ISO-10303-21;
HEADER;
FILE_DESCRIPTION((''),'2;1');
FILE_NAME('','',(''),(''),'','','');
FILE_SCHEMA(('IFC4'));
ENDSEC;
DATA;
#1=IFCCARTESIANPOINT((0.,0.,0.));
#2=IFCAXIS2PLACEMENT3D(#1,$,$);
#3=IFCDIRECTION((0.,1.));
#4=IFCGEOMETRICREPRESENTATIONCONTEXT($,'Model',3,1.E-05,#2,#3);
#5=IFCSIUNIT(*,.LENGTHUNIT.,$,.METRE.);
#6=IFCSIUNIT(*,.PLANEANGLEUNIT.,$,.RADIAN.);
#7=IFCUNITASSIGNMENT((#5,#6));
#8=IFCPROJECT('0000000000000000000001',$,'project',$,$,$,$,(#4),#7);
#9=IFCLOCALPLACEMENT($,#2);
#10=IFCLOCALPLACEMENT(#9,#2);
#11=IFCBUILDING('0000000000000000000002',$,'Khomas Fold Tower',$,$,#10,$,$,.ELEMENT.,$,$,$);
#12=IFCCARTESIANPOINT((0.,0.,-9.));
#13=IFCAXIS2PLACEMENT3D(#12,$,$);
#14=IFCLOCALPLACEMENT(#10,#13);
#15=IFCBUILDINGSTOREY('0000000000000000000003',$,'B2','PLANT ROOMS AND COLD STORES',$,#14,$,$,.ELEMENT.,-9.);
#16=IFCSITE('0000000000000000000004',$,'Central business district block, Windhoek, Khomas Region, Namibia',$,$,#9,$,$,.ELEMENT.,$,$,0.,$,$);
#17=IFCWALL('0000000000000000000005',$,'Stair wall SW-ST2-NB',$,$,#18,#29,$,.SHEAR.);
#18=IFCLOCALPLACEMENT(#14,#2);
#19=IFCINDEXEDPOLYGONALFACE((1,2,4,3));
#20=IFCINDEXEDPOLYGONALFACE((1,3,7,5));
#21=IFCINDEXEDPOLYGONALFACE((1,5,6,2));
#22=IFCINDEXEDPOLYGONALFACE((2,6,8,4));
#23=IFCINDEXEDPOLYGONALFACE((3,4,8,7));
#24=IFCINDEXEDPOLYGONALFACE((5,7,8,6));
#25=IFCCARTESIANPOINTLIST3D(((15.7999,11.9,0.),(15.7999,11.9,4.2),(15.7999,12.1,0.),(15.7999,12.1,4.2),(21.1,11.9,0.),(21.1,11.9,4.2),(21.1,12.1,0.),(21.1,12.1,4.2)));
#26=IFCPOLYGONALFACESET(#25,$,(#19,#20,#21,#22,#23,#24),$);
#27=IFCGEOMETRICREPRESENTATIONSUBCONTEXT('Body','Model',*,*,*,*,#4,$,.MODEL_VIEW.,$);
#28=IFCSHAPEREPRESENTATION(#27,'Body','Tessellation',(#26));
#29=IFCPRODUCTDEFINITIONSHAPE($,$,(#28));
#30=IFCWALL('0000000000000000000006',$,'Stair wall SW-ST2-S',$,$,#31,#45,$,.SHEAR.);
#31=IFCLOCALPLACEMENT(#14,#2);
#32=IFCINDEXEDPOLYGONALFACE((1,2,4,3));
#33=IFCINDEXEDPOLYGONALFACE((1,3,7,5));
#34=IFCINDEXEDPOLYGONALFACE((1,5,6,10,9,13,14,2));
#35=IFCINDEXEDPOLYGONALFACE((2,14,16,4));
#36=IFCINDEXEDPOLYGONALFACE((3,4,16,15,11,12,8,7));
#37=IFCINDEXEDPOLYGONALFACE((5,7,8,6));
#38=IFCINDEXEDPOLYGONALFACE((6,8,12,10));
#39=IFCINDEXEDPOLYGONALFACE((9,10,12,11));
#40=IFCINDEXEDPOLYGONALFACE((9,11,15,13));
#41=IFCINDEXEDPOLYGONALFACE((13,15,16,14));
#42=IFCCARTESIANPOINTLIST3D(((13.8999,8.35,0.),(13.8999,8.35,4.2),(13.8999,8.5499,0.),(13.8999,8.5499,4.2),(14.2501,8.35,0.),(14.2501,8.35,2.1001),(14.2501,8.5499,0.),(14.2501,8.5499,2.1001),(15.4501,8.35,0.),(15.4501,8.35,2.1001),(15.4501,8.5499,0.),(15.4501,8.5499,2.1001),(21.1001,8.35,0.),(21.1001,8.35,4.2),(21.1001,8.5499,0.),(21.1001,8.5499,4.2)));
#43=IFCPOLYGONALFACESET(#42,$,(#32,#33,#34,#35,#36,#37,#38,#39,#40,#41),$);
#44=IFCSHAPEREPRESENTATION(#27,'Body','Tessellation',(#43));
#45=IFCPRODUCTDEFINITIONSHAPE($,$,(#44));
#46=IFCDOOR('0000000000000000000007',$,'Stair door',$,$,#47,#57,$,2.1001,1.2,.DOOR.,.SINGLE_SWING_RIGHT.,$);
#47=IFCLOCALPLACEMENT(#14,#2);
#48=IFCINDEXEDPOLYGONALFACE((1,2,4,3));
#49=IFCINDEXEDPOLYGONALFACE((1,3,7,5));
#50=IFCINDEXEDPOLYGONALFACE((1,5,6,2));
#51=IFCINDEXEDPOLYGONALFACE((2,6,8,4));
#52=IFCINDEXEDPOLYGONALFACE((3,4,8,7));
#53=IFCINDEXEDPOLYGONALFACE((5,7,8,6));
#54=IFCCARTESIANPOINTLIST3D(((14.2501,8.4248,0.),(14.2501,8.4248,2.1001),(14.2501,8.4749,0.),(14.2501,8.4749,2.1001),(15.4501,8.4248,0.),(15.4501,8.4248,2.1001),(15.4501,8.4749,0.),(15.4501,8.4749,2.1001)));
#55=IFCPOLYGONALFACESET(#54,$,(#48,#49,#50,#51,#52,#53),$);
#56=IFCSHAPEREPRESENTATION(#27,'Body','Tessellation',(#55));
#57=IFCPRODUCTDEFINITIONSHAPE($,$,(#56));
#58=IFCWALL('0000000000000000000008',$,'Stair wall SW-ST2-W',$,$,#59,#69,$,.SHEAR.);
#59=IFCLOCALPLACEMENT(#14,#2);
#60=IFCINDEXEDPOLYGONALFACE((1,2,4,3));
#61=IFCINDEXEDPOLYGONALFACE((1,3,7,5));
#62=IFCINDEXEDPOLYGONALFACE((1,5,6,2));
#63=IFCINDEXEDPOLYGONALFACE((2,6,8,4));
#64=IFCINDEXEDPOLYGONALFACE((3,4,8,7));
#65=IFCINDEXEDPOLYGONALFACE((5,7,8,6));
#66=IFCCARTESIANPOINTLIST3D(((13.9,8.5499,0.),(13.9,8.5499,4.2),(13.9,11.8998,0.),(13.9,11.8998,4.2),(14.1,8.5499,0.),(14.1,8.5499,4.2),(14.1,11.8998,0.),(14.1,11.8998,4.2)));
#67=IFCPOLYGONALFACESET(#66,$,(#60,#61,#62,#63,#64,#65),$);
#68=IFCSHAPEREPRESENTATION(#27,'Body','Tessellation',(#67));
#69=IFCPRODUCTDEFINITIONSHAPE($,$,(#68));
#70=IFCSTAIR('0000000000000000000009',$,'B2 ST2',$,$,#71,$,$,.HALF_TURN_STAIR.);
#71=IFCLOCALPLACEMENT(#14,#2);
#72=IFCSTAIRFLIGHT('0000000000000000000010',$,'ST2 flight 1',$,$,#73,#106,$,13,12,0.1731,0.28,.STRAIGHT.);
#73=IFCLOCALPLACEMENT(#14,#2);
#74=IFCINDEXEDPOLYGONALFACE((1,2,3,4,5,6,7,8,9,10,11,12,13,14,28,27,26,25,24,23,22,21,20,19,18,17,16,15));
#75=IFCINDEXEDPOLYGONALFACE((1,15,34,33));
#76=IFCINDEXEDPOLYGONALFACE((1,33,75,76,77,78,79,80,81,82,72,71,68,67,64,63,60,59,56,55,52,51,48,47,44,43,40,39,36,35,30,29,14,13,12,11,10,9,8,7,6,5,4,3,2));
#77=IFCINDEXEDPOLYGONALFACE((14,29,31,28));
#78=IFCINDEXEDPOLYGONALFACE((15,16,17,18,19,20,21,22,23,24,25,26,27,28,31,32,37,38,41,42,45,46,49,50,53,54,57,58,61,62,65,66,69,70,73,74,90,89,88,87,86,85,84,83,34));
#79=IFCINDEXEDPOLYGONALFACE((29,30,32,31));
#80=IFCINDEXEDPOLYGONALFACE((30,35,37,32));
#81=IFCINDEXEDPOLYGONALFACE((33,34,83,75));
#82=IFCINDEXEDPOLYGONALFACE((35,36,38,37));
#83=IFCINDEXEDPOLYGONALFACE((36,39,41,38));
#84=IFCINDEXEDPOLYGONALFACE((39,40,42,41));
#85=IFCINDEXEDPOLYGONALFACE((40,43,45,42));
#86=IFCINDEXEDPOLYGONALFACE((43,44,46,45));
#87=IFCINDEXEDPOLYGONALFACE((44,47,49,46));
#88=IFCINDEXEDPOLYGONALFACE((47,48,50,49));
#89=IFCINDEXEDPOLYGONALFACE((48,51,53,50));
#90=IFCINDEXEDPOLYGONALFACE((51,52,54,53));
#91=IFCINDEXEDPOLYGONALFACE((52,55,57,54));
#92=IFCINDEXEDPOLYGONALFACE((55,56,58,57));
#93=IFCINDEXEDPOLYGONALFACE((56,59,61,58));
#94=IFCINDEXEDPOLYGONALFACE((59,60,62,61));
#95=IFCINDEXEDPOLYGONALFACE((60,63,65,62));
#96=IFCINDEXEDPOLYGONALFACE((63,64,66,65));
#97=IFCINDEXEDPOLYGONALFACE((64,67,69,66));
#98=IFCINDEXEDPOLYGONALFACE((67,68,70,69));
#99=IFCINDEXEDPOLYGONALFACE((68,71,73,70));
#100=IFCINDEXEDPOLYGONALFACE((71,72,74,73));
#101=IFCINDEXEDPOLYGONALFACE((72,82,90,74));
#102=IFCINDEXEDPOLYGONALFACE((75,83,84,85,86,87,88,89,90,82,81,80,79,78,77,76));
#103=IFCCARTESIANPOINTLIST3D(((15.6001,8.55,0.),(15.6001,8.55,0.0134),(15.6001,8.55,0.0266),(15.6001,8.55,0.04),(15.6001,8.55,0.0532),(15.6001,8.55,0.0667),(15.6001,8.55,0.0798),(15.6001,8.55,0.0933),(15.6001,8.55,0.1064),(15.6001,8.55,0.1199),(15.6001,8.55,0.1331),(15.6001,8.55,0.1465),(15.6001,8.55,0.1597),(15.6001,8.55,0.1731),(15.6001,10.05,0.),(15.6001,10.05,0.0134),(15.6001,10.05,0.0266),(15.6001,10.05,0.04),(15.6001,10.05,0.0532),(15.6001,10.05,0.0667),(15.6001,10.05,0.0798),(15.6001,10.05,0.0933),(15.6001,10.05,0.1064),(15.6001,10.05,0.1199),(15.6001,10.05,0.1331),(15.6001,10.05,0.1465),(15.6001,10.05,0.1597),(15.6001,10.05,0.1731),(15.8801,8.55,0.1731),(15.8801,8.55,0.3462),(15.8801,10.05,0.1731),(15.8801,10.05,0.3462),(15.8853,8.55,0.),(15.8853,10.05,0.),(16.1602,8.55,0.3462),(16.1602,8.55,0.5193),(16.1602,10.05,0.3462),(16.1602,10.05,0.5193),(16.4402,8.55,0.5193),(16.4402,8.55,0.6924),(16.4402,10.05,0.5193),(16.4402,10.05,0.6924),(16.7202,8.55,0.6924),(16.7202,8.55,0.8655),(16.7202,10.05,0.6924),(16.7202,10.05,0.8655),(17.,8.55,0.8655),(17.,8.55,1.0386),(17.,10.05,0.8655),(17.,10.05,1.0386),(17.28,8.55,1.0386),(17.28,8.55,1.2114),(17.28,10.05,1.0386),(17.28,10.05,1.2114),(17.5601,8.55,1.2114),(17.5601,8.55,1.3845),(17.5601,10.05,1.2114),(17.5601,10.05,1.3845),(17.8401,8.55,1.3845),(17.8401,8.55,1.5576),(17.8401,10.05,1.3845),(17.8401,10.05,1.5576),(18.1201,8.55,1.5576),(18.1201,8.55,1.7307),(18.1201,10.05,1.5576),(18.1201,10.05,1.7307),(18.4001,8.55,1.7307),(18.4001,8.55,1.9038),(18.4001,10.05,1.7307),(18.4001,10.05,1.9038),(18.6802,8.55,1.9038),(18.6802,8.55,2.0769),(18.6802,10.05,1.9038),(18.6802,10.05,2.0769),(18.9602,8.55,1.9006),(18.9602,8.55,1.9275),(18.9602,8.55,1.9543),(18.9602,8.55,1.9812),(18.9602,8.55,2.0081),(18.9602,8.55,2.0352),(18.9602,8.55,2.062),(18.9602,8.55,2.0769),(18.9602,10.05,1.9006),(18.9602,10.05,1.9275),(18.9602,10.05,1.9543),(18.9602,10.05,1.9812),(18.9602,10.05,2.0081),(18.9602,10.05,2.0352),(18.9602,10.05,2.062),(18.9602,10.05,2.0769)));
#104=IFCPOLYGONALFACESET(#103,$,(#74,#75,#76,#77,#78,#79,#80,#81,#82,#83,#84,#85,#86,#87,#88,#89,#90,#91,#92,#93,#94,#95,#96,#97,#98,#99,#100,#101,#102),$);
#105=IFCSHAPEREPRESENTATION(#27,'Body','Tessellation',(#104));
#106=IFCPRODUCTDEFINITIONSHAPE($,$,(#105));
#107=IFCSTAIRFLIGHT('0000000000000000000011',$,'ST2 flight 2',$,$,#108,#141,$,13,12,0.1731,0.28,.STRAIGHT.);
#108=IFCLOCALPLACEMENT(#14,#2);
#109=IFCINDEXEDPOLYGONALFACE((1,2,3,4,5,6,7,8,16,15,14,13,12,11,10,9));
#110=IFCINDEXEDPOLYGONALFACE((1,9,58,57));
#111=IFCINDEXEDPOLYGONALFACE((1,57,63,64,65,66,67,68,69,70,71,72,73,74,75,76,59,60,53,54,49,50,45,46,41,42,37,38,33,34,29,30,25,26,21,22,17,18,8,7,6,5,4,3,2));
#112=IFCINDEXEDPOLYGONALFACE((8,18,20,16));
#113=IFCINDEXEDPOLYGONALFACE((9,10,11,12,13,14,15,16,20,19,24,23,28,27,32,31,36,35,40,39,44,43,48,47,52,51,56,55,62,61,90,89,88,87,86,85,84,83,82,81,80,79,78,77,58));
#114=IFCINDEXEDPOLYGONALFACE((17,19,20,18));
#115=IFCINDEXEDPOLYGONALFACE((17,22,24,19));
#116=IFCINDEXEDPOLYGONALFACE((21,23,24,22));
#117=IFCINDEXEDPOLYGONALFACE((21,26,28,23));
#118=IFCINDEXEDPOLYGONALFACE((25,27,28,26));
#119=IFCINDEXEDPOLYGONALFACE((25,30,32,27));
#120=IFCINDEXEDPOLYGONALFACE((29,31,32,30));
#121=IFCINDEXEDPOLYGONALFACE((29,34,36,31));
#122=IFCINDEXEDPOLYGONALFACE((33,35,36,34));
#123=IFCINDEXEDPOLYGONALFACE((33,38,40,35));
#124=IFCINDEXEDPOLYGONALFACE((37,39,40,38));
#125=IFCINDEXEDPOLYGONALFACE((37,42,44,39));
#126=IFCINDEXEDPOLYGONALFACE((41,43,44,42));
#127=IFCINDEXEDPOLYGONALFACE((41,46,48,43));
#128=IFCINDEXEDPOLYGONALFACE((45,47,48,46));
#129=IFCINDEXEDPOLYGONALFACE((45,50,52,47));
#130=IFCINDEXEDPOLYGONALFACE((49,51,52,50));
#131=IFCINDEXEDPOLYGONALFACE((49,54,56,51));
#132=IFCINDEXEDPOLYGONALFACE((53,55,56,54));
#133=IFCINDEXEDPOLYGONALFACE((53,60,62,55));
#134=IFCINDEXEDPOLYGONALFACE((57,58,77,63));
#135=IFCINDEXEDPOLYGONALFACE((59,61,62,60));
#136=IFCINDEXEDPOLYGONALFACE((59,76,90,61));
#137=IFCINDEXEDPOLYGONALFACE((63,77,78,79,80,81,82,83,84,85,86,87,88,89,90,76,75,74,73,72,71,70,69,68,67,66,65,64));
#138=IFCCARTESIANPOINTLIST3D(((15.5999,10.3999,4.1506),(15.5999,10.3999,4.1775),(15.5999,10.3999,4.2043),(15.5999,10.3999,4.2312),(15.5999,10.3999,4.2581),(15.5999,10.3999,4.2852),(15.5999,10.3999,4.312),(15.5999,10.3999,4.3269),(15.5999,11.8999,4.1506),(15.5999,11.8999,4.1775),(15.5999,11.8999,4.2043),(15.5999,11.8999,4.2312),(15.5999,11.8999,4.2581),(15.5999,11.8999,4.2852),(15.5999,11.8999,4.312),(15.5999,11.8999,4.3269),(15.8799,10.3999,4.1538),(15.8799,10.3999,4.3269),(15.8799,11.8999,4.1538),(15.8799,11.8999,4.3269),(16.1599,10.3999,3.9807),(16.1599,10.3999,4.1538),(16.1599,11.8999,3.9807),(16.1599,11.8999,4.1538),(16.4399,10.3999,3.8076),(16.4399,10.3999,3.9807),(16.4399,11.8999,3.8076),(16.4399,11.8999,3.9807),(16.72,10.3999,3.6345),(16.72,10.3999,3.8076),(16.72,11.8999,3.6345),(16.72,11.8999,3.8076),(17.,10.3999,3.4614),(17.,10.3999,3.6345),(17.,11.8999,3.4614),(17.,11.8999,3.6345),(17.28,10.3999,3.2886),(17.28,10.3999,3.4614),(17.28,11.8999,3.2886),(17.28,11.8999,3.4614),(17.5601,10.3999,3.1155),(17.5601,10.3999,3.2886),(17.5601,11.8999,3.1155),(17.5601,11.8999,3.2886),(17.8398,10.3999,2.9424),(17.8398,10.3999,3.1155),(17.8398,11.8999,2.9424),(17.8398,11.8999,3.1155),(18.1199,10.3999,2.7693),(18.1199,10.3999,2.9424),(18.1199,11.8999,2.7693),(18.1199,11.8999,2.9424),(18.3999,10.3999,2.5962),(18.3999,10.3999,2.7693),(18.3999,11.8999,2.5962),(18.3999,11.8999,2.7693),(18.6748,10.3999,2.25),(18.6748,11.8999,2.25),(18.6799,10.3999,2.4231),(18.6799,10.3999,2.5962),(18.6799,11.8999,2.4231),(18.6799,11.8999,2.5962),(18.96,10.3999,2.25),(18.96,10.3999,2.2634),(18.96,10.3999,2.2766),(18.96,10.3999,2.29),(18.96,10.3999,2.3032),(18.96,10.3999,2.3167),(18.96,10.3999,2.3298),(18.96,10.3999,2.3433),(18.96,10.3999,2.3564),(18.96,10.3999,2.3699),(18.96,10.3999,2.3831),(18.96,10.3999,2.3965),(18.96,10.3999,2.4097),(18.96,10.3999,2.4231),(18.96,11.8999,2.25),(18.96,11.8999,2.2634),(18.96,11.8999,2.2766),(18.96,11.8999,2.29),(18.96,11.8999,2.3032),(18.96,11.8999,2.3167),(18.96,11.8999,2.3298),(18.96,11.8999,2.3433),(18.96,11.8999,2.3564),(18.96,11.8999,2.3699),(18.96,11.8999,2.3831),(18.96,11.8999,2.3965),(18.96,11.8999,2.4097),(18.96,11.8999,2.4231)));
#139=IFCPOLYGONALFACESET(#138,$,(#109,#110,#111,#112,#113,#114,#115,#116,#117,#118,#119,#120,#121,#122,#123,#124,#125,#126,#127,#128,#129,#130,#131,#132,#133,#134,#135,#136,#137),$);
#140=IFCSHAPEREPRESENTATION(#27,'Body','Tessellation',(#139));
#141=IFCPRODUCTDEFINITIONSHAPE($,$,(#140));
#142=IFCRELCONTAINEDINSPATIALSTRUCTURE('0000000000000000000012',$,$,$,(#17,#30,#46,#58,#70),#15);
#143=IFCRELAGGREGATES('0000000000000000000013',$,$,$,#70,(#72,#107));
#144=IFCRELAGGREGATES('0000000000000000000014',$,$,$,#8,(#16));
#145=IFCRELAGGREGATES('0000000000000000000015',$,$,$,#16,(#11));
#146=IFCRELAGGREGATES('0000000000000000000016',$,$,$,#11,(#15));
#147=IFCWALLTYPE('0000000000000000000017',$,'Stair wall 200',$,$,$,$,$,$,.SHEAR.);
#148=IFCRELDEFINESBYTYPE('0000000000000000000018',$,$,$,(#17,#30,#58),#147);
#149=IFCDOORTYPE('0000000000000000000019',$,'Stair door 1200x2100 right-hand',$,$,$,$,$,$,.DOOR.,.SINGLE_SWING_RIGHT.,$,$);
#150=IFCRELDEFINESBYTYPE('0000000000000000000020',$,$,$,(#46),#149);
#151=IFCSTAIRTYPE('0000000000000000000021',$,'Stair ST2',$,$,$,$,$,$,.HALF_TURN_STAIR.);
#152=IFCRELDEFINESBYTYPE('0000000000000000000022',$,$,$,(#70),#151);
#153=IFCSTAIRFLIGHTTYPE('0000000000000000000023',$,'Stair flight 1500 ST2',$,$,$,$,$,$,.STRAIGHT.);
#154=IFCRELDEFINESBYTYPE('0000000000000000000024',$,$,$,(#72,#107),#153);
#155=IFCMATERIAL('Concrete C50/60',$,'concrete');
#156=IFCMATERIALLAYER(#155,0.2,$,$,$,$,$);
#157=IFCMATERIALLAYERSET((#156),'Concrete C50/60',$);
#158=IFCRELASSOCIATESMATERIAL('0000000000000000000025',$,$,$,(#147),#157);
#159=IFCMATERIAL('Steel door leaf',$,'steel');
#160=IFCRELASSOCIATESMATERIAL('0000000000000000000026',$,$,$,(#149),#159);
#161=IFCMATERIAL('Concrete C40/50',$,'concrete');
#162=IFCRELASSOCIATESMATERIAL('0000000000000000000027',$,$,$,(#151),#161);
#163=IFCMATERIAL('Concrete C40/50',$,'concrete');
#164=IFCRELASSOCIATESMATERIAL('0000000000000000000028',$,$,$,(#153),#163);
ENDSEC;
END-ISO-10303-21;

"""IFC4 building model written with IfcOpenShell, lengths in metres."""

from ifc_helpers import new_model, si_unit, direction, frame, frame_2d, origin, place, context, subcontext, project, spatial, polyline, rectangle, outline, extrude, source, transform, mapped, material, layer, layer_set, type_object, element, fill, aggregate, save


model = new_model("IFC4")

# Units and contexts
model_context = context("Model", 3, precision=1e-05, world=origin(), true_north=direction((0.0, 1.0)))
body_context = subcontext(model_context, "Body", "Model", "MODEL_VIEW")
ifc_project = project(units=[si_unit("LENGTHUNIT", "METRE"), si_unit("PLANEANGLEUNIT", "RADIAN")], contexts=[model_context])

# Site, building, storey
site_placement = place(None, origin())
site = spatial("IfcSite", under=ifc_project, at=site_placement, Name="Central business district block, Windhoek, Khomas Region, Namibia", CompositionType="ELEMENT", RefElevation=0.0)
building_placement = place(site_placement, origin())
building = spatial("IfcBuilding", under=site, at=building_placement, Name="Khomas Fold Tower", CompositionType="ELEMENT")
storey_placement = place(building_placement, frame((0.0, 0.0, -9.0)))
storey = spatial("IfcBuildingStorey", under=building, at=storey_placement, Name="B2", Description="PLANT ROOMS AND COLD STORES", CompositionType="ELEMENT", Elevation=-9.0)

# Wall
ifc_material_1 = material(Name="Concrete C50/60", Category="concrete")
ifc_layer_1 = layer(ifc_material_1, 0.2)
ifc_layer_set_1 = layer_set([ifc_layer_1], Name="Concrete C50/60")
wall_type_1 = type_object("IfcWallType", Name="Stair wall 200", PredefinedType="SHEAR", material=ifc_layer_set_1)
shared_shape_1 = source(origin(), body_context, "Body", "SweptSolid", [
    extrude(rectangle(XDim=5.3, YDim=0.2, at=frame_2d((2.6499, 0.0))), origin(), (0.0, 0.0, 1.0), 4.2),
])
wall_1_placement = place(storey_placement, frame((15.8, 12.0, 0.0), z_axis=(0.0, 0.0, 1.0), x_axis=(1.0, 0.0, 0.0)))
element("IfcWall", 1, at=wall_1_placement, inside=storey, type_object=wall_type_1, Name="Stair wall SW-ST2-NB", PredefinedType="SHEAR", context=body_context, shape_type="MappedRepresentation", body=[
    mapped(shared_shape_1, transform((0.0, 0.0, 0.0))),
])

# Wall, opening, door
shared_shape_2 = source(origin(), body_context, "Body", "SweptSolid", [
    extrude(rectangle(XDim=7.2002, YDim=0.2, at=frame_2d((3.6001, 0.0))), origin(), (0.0, 0.0, 1.0), 4.2),
])
wall_2_placement = place(storey_placement, frame((13.8999, 8.45, 0.0), z_axis=(0.0, 0.0, 1.0), x_axis=(1.0, 0.0, 0.0)))
wall_2 = element("IfcWall", 2, at=wall_2_placement, inside=storey, type_object=wall_type_1, Name="Stair wall SW-ST2-S", PredefinedType="SHEAR", context=body_context, shape_type="MappedRepresentation", body=[
    mapped(shared_shape_2, transform((0.0, 0.0, 0.0))),
])
shared_shape_3 = source(origin(), body_context, "Body", "SweptSolid", [
    extrude(rectangle(XDim=1.2, YDim=2.1001, at=frame_2d((0.6001, 1.05))), frame((0.0, 0.1099, 0.0), z_axis=(0.0, -1.0, 0.0), x_axis=(1.0, 0.0, 0.0)), (0.0, 0.0, 1.0), 0.22),
])
opening_1_placement = place(wall_2_placement, frame((0.3501, 0.0, 0.0)))
opening_1 = element("IfcOpeningElement", 3, at=opening_1_placement, cuts=wall_2, PredefinedType="OPENING", context=body_context, shape_type="MappedRepresentation", body=[
    mapped(shared_shape_3, transform((0.0, 0.0, 0.0))),
])
ifc_material_2 = material(Name="Steel door leaf", Category="steel")
door_type_1 = type_object("IfcDoorType", Name="Stair door 1200x2100 right-hand", OperationType="SINGLE_SWING_RIGHT", PredefinedType="DOOR", material=ifc_material_2)
shared_shape_4 = source(origin(), body_context, "Body", "SweptSolid", [
    extrude(rectangle(XDim=1.2, YDim=2.1001, at=frame_2d((0.6001, 1.05))), frame((0.0, 0.0249, 0.0), z_axis=(0.0, -1.0, 0.0), x_axis=(1.0, 0.0, 0.0)), (0.0, 0.0, 1.0), 0.05),
])
door_1_placement = place(opening_1_placement, origin())
door_1 = element("IfcDoor", 4, at=door_1_placement, inside=storey, type_object=door_type_1, Name="Stair door", OperationType="SINGLE_SWING_RIGHT", OverallHeight=2.1001, OverallWidth=1.2, PredefinedType="DOOR", context=body_context, shape_type="MappedRepresentation", body=[
    mapped(shared_shape_4, transform((0.0, 0.0, 0.0))),
])
fill(opening_1, door_1)

# Wall
shared_shape_5 = source(origin(), body_context, "Body", "SweptSolid", [
    extrude(rectangle(XDim=3.3499, YDim=0.2, at=frame_2d((1.6748, 0.0))), origin(), (0.0, 0.0, 1.0), 4.2),
])
wall_3_placement = place(storey_placement, frame((14.0, 8.55, 0.0), z_axis=(0.0, 0.0, 1.0), x_axis=(0.0, 1.0, 0.0)))
element("IfcWall", 5, at=wall_3_placement, inside=storey, type_object=wall_type_1, Name="Stair wall SW-ST2-W", PredefinedType="SHEAR", context=body_context, shape_type="MappedRepresentation", body=[
    mapped(shared_shape_5, transform((0.0, 0.0, 0.0))),
])

# Stair, stair flights
ifc_material_3 = material(Name="Concrete C40/50", Category="concrete")
stair_type = type_object("IfcStairType", Name="Stair ST2", PredefinedType="HALF_TURN_STAIR", material=ifc_material_3)
stair_placement = place(storey_placement, origin())
stair = element("IfcStair", 6, at=stair_placement, inside=storey, type_object=stair_type, Name="B2 ST2", PredefinedType="HALF_TURN_STAIR")
ifc_material_4 = material(Name="Concrete C40/50", Category="concrete")
stair_flight_type = type_object("IfcStairFlightType", Name="Stair flight 1500 ST2", PredefinedType="STRAIGHT", material=ifc_material_4)
shared_shape_6 = source(origin(), body_context, "Body", "SweptSolid", [
    extrude(outline(polyline([(0.0, 0.0), (0.0, 0.0134), (0.0, 0.0266), (0.0, 0.04), (0.0, 0.0532), (0.0, 0.0667), (0.0, 0.0798), (0.0, 0.0933), (0.0, 0.1064), (0.0, 0.1199), (0.0, 0.1331), (0.0, 0.1465), (0.0, 0.1597), (0.0, 0.1731), (0.28, 0.1731), (0.28, 0.3462), (0.5601, 0.3462), (0.5601, 0.5193), (0.8401, 0.5193), (0.8401, 0.6924), (1.1201, 0.6924), (1.1201, 0.8655), (1.3999, 0.8655), (1.3999, 1.0386), (1.6799, 1.0386), (1.6799, 1.2114), (1.96, 1.2114), (1.96, 1.3845), (2.24, 1.3845), (2.24, 1.5576), (2.52, 1.5576), (2.52, 1.7307), (2.8, 1.7307), (2.8, 1.9038), (3.0801, 1.9038), (3.0801, 2.0769), (3.3601, 2.0769), (3.3601, 2.25), (3.3601, 2.2231), (3.3601, 2.1963), (3.3601, 2.1694), (3.3601, 2.1426), (3.3601, 2.1157), (3.3601, 2.0889), (3.3601, 2.062), (3.3601, 2.0352), (3.3601, 2.0081), (3.3601, 1.9812), (3.3601, 1.9543), (3.3601, 1.9275), (3.3601, 1.9006), (0.2852, 0.0), (0.0, 0.0)])), frame((0.0, 0.75, 0.0), z_axis=(0.0, -1.0, 0.0), x_axis=(1.0, 0.0, 0.0)), (0.0, 0.0, 1.0), 1.5),
])
stair_flight_1_placement = place(storey_placement, frame((15.6001, 9.3, 0.0), z_axis=(0.0, 0.0, 1.0), x_axis=(1.0, 0.0, 0.0)))
stair_flight_1 = element("IfcStairFlight", 7, at=stair_flight_1_placement, type_object=stair_flight_type, Name="ST2 flight 1", NumberOfRisers=13, NumberOfTreads=12, PredefinedType="STRAIGHT", RiserHeight=0.1731, TreadLength=0.28, context=body_context, shape_type="MappedRepresentation", body=[
    mapped(shared_shape_6, transform((0.0, 0.0, 0.0))),
])
stair_flight_2_placement = place(storey_placement, frame((18.96, 11.1499, 2.25), z_axis=(0.0, 0.0, 1.0), x_axis=(-1.0, 0.0, 0.0)))
stair_flight_2 = element("IfcStairFlight", 8, at=stair_flight_2_placement, type_object=stair_flight_type, Name="ST2 flight 2", NumberOfRisers=13, NumberOfTreads=12, PredefinedType="STRAIGHT", RiserHeight=0.1731, TreadLength=0.28, context=body_context, shape_type="MappedRepresentation", body=[
    mapped(shared_shape_6, transform((0.0, 0.0, 0.0))),
])
aggregate(stair, [stair_flight_1, stair_flight_2])

save(model, "model.ifc")
